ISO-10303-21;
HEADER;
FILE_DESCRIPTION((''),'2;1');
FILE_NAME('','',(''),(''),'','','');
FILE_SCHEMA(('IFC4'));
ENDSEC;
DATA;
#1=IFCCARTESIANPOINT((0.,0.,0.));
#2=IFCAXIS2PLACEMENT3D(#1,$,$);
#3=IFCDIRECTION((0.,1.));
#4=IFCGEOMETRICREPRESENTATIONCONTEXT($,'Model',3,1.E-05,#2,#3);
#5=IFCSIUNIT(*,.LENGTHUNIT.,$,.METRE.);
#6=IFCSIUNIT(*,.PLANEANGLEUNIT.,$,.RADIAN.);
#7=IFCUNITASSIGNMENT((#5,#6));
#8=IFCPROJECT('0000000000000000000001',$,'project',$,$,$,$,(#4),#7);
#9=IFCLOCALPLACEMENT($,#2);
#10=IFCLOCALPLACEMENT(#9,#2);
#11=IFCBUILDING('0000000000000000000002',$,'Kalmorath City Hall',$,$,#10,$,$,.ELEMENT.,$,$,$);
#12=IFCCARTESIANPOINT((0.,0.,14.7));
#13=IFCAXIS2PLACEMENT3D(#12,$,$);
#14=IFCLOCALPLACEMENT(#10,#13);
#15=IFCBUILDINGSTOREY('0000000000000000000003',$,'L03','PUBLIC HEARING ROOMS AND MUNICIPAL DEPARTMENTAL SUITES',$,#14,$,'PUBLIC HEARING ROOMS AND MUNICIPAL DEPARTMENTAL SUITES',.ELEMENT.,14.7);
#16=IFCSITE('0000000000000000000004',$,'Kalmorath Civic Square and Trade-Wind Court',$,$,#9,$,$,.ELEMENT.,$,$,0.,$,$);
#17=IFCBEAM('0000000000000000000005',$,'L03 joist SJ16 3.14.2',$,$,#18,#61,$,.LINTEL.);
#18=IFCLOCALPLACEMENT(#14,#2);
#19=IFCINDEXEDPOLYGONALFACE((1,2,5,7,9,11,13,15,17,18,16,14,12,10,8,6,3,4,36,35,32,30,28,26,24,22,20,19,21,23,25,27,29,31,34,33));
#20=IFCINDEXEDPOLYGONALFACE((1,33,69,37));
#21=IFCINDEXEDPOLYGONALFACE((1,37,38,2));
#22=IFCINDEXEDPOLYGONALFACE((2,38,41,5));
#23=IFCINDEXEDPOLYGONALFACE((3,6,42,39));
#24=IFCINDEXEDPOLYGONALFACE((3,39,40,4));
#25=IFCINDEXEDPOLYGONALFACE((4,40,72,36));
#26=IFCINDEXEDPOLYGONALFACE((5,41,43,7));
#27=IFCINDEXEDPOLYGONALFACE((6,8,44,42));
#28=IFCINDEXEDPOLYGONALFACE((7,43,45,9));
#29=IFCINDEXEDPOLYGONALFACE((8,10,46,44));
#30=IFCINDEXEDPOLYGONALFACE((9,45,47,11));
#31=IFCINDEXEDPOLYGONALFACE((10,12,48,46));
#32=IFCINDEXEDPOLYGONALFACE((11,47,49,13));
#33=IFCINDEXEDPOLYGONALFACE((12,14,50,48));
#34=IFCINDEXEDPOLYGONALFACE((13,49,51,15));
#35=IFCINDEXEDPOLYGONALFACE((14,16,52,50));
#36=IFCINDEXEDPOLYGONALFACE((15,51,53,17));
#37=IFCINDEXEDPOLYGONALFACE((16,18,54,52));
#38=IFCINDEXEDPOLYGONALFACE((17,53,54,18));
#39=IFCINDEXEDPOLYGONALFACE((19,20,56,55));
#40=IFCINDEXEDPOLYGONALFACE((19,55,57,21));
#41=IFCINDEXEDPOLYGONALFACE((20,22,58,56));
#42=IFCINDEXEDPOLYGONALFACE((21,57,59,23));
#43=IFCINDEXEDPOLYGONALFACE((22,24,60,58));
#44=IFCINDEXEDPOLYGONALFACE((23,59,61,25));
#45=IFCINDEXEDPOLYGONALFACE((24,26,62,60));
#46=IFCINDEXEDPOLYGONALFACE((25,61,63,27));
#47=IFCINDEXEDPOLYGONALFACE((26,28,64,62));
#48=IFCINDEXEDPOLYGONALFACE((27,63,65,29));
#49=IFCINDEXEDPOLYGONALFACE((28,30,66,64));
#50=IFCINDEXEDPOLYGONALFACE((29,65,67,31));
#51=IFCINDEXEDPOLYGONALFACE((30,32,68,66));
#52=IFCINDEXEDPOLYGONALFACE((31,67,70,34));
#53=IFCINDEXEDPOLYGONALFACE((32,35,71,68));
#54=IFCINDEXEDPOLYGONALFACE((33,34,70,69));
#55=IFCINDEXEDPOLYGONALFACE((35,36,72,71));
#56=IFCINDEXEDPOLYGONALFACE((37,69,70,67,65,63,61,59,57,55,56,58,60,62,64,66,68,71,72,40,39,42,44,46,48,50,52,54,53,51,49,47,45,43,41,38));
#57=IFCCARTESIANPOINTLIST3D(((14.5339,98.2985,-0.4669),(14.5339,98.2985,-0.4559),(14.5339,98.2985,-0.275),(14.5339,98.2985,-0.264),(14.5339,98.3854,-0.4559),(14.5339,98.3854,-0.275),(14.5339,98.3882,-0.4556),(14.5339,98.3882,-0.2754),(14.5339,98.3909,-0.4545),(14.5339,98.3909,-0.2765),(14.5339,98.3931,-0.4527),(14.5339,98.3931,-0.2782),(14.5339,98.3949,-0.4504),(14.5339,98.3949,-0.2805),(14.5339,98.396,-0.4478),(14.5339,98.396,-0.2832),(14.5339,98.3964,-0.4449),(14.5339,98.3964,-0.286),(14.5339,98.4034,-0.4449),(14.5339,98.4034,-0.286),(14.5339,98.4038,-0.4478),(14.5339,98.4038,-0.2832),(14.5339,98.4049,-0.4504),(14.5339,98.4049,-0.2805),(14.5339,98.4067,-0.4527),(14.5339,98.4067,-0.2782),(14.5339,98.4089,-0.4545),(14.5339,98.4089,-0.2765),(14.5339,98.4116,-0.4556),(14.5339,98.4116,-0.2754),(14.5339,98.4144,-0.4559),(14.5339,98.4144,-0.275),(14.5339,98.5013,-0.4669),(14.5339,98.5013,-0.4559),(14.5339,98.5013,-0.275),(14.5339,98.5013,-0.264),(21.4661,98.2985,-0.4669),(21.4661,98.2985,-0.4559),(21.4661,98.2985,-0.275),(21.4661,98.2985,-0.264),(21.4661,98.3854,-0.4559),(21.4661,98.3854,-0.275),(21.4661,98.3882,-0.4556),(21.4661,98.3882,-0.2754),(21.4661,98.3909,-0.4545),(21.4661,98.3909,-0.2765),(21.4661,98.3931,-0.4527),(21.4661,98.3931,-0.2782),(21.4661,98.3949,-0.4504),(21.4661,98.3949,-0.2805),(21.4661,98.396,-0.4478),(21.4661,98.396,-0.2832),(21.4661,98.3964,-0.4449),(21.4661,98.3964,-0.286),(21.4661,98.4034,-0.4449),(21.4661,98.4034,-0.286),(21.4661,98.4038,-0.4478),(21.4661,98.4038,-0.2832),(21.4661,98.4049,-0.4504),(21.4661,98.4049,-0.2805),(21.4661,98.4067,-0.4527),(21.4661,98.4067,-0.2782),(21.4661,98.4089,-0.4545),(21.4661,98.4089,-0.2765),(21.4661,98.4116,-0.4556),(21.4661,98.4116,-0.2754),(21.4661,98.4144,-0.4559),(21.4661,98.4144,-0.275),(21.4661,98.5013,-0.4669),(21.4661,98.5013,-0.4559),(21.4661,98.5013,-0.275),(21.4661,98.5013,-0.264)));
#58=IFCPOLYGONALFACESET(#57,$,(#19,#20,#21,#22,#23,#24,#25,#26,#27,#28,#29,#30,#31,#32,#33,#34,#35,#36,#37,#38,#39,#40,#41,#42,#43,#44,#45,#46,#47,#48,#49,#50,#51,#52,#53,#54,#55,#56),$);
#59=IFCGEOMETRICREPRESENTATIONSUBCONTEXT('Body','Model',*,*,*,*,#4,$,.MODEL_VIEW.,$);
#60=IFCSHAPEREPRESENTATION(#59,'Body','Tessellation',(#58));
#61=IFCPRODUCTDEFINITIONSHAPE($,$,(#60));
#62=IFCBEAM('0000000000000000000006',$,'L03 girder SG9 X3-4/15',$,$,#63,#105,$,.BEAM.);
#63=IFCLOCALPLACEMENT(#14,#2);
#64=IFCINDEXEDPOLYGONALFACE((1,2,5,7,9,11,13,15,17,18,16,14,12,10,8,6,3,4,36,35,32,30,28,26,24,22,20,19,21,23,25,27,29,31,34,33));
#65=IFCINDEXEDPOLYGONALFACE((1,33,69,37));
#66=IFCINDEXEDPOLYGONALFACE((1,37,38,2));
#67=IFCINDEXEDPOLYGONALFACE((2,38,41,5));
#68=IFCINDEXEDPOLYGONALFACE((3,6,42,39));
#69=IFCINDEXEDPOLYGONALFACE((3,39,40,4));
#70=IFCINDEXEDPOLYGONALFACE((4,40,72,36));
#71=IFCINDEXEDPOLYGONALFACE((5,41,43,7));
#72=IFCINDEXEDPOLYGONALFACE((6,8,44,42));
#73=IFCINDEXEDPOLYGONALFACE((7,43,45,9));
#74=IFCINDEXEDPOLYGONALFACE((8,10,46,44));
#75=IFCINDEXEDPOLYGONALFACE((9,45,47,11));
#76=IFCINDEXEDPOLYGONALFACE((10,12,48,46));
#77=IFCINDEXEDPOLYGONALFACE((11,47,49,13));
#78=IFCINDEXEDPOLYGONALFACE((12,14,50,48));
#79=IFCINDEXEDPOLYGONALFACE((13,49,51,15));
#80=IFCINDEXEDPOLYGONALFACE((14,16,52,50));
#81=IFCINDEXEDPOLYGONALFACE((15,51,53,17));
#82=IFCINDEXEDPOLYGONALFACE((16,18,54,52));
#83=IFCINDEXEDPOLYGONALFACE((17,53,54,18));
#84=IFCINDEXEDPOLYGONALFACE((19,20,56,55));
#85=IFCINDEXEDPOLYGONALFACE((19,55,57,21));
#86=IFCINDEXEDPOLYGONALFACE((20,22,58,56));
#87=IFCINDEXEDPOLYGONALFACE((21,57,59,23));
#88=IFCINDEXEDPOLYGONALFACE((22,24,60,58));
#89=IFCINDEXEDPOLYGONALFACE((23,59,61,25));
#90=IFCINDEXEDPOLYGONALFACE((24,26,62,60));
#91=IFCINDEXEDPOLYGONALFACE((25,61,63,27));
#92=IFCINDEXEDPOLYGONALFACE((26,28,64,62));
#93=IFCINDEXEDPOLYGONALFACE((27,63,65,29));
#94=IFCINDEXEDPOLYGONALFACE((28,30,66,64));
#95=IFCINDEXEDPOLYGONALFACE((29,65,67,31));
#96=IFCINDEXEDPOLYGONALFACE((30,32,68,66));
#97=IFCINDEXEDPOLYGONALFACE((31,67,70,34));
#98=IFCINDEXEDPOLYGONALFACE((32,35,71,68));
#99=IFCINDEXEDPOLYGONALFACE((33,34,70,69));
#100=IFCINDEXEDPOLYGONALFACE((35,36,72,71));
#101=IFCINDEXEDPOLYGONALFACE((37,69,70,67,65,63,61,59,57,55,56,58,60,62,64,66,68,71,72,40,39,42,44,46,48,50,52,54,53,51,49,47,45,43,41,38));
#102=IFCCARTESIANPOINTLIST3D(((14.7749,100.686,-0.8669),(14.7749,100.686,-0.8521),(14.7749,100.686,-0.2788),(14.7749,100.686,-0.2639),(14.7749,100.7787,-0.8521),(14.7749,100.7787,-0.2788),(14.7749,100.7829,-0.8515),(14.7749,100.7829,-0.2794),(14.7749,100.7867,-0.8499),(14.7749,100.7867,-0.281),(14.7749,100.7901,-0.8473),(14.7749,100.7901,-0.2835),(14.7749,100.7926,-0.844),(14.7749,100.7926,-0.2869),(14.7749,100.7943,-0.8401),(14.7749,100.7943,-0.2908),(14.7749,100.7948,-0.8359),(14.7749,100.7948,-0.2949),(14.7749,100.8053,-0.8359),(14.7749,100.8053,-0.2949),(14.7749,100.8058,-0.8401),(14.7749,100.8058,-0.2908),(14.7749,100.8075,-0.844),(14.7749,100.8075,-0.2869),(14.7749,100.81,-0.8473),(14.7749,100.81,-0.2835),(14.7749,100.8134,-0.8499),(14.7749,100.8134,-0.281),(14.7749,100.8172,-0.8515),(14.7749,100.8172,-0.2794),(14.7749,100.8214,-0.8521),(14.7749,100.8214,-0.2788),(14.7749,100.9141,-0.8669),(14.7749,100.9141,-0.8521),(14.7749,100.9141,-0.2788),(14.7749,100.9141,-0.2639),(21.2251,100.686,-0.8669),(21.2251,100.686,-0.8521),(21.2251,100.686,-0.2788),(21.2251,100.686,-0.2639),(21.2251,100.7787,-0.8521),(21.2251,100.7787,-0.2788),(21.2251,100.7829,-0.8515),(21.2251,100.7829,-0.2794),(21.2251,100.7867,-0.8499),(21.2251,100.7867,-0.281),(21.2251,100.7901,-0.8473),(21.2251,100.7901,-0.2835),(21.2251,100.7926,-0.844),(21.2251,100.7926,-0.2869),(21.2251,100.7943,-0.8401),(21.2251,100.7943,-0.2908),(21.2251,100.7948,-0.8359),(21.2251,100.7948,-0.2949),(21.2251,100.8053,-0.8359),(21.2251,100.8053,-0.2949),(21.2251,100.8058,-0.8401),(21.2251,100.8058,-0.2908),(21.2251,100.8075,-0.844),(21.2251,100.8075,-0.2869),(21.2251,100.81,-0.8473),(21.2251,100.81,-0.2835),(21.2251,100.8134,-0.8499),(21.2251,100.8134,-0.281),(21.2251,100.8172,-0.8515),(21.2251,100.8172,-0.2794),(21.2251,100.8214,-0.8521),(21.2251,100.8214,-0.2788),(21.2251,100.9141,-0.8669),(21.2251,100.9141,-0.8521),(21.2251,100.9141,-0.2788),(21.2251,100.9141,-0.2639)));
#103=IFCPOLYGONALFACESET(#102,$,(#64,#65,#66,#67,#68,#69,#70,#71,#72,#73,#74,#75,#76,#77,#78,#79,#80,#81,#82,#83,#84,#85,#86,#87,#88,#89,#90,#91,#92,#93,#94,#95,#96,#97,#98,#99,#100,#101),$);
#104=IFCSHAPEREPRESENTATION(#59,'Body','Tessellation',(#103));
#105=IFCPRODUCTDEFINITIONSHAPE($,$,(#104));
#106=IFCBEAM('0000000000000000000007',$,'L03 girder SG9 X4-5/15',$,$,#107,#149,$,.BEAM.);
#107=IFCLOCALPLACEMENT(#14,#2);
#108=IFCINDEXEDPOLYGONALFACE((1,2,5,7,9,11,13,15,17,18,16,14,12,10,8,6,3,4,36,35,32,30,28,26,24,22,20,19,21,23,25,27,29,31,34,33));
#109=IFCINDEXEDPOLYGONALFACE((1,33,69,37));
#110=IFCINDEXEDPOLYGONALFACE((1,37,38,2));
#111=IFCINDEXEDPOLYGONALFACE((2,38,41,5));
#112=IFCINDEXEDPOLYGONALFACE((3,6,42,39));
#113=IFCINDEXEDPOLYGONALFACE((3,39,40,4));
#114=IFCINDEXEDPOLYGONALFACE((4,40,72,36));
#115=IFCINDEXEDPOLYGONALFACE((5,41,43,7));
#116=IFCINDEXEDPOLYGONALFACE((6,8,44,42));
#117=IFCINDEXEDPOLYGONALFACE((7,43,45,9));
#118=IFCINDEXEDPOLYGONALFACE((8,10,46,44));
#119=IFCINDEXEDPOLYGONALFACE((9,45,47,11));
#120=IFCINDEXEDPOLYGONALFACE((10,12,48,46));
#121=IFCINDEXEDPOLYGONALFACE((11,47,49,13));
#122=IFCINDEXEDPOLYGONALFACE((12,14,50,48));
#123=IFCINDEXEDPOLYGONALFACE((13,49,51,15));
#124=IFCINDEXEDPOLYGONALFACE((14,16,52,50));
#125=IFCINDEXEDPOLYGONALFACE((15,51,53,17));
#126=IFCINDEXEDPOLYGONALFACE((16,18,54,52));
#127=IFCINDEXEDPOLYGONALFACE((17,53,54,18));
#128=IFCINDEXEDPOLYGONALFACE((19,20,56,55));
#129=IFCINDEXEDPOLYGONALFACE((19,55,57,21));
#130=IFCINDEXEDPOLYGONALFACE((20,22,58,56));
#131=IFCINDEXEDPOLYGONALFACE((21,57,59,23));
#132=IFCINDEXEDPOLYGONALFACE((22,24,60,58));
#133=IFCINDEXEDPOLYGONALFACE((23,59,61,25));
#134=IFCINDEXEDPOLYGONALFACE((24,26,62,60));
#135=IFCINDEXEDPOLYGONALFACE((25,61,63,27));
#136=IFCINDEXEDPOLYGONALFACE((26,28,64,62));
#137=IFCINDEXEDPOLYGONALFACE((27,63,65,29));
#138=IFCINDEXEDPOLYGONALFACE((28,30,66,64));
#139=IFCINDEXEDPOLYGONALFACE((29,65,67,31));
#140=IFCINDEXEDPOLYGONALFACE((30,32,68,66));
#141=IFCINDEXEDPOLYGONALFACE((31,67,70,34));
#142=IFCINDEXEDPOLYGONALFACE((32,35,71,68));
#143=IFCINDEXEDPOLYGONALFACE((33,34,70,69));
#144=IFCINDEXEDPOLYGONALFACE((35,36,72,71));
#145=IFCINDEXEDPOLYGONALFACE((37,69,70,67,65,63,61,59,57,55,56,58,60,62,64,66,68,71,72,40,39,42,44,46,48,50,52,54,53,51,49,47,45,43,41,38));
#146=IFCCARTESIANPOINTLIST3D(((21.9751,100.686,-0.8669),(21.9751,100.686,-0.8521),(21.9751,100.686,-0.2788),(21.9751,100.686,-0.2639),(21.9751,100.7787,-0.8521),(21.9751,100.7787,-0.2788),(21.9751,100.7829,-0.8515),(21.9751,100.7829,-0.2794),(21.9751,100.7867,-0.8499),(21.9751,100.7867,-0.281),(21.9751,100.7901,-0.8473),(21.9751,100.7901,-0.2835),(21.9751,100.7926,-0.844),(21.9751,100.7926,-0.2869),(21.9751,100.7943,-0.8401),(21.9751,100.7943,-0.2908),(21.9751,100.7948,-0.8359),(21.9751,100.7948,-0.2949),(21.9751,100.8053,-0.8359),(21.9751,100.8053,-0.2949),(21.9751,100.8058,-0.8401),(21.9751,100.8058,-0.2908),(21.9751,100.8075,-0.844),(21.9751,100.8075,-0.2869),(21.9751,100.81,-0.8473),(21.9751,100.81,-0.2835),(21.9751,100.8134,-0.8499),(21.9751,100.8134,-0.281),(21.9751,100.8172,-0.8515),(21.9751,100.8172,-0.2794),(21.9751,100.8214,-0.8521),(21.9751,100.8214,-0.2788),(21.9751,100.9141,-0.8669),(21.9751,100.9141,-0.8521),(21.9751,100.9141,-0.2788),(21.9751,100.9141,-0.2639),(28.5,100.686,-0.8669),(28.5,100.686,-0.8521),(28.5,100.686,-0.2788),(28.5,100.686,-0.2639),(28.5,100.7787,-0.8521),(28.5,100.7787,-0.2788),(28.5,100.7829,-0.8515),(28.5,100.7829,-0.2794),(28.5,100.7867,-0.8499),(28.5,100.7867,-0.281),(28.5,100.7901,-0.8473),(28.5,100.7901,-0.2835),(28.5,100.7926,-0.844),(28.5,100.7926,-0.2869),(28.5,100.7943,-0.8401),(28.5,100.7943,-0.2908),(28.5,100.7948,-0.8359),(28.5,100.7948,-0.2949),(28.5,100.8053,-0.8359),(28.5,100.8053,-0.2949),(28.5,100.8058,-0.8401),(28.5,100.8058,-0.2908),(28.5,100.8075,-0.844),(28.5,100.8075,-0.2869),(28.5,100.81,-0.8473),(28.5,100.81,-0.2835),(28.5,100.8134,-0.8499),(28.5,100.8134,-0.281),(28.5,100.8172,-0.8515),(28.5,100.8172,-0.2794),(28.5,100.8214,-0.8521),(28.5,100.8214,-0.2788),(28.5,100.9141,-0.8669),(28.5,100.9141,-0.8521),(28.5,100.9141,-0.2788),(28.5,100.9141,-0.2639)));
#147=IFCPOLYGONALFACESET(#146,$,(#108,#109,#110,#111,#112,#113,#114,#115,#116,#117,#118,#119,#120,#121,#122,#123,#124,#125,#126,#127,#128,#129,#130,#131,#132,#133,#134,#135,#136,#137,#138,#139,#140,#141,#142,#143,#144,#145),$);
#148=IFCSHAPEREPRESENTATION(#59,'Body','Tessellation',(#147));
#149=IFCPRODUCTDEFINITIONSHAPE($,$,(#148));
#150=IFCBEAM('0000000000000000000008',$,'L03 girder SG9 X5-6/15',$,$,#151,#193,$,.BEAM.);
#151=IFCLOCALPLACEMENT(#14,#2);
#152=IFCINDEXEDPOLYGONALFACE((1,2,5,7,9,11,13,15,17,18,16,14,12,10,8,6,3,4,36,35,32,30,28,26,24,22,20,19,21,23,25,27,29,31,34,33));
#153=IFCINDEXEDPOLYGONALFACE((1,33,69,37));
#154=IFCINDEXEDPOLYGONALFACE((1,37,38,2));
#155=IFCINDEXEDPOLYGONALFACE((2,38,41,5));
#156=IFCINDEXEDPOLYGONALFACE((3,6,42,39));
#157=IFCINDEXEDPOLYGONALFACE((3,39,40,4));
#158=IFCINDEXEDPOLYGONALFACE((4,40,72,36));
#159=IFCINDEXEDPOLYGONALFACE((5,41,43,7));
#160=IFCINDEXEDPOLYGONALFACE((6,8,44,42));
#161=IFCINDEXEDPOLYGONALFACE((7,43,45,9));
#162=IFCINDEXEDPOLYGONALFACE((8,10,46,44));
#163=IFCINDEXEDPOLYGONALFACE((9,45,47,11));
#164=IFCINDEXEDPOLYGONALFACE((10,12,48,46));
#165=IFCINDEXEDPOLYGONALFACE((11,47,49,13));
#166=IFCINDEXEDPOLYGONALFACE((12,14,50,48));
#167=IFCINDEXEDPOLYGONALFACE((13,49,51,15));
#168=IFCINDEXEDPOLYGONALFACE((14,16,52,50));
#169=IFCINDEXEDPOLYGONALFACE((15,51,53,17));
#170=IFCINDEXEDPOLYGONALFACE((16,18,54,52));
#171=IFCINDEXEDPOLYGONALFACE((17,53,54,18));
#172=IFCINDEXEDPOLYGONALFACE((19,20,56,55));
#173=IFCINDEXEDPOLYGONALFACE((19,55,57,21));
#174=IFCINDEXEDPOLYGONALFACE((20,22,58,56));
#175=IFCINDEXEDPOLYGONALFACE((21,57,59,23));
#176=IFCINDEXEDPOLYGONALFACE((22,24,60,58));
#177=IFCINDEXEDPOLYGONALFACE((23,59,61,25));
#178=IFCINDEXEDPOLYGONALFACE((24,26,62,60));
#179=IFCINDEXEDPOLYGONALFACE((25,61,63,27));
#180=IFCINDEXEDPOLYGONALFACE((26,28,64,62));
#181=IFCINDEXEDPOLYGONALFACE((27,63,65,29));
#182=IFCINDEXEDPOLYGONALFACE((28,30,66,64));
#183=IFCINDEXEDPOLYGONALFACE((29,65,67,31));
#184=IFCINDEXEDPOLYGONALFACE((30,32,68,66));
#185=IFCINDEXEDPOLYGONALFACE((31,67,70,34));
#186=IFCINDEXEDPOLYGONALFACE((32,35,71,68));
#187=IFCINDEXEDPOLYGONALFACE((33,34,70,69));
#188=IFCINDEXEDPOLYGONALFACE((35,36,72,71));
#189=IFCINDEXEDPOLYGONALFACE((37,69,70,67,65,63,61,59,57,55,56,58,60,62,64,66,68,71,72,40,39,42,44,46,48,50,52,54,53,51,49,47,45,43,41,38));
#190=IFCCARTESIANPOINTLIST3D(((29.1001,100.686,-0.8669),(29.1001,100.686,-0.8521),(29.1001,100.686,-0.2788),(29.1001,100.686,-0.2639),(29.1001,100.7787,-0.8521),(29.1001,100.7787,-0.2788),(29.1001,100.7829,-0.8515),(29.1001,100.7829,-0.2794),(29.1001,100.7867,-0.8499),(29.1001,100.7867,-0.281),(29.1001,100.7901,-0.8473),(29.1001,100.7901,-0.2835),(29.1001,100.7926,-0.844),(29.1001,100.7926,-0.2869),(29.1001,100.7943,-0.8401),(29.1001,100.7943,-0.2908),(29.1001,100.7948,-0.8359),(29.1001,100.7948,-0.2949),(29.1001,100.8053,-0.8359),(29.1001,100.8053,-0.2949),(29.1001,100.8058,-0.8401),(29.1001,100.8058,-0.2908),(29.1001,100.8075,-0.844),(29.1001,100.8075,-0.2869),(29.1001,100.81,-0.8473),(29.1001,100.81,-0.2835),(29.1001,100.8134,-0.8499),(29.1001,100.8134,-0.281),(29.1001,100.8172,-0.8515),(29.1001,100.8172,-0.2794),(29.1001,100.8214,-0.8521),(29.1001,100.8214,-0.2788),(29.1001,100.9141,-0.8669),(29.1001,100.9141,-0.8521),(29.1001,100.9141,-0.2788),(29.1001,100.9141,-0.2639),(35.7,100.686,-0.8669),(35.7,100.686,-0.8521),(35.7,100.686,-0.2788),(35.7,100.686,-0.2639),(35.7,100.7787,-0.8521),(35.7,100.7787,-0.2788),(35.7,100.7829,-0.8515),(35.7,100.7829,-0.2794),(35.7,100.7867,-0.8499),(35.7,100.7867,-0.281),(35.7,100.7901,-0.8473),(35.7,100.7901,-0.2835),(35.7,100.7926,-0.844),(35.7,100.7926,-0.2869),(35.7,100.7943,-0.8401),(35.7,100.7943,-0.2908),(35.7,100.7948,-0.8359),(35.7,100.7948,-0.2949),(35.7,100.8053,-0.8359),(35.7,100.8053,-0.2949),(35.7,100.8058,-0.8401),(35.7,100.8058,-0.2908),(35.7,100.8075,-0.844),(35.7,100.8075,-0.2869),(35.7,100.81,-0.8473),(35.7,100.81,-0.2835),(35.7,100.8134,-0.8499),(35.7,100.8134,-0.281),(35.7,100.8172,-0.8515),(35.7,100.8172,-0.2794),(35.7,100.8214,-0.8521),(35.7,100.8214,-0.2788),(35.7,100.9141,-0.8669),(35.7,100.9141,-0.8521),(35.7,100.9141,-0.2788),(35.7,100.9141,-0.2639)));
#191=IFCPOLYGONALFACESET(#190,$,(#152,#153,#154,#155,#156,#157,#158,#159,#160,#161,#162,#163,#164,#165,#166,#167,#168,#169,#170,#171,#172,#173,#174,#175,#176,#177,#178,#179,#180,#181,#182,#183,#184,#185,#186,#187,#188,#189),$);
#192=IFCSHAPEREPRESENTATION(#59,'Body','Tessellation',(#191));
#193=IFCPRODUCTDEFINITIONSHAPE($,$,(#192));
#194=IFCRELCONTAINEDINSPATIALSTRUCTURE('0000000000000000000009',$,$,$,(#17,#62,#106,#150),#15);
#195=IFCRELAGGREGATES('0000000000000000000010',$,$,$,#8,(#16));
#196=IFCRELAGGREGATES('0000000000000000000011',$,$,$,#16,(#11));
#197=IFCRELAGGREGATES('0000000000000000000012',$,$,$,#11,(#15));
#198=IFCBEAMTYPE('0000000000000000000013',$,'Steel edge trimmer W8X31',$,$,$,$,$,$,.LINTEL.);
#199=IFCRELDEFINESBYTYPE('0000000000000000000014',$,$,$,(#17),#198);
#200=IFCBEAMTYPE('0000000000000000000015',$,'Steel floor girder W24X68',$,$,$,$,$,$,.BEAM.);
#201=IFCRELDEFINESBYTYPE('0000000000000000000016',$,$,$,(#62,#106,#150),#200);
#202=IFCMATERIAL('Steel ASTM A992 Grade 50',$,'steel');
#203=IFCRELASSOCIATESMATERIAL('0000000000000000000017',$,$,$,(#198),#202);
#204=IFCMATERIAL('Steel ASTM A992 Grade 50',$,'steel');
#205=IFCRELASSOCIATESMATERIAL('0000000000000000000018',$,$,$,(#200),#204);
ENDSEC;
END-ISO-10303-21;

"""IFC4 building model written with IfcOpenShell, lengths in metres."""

from ifc_helpers import new_model, si_unit, direction, frame, origin, origin_2d, place, context, subcontext, project, spatial, i_section, extrude, material, material_profile, profile_set, type_object, element, save


model = new_model("IFC4")

# Units and contexts
model_context = context("Model", 3, precision=1e-05, world=origin(), true_north=direction((0.0, 1.0)))
body_context = subcontext(model_context, "Body", "Model", "MODEL_VIEW")
ifc_project = project(units=[si_unit("LENGTHUNIT", "METRE"), si_unit("PLANEANGLEUNIT", "RADIAN")], contexts=[model_context])

# Site, building, storey
site_placement = place(None, origin())
site = spatial("IfcSite", under=ifc_project, at=site_placement, Name="Kalmorath Civic Square and Trade-Wind Court", CompositionType="ELEMENT", RefElevation=0.0)
building_placement = place(site_placement, origin())
building = spatial("IfcBuilding", under=site, at=building_placement, Name="Kalmorath City Hall", CompositionType="ELEMENT")
storey_placement = place(building_placement, frame((0.0, 0.0, 14.7)))
storey = spatial("IfcBuildingStorey", under=building, at=storey_placement, Name="L03", Description="PUBLIC HEARING ROOMS AND MUNICIPAL DEPARTMENTAL SUITES", LongName="PUBLIC HEARING ROOMS AND MUNICIPAL DEPARTMENTAL SUITES", CompositionType="ELEMENT", Elevation=14.7)

# Beams
ifc_material_1 = material(Name="Steel ASTM A992 Grade 50", Category="steel")
ifc_material_profile_1 = material_profile(ifc_material_1, i_section(OverallWidth=0.2029, OverallDepth=0.2029, WebThickness=0.0071, FlangeThickness=0.011, FilletRadius=0.011, at=origin_2d()), Name="W8X31")
ifc_profile_set_1 = profile_set([ifc_material_profile_1], Name="Steel ASTM A992 Grade 50")
beam_type_1 = type_object("IfcBeamType", Name="Steel edge trimmer W8X31", PredefinedType="LINTEL", material=ifc_profile_set_1)
beam_1_placement = place(storey_placement, frame((14.5339, 98.3999, -0.3655), z_axis=(1.0, 0.0, 0.0), x_axis=(0.0, 1.0, 0.0)))
element("IfcBeam", 1, at=beam_1_placement, inside=storey, type_object=beam_type_1, Name="L03 joist SJ16 3.14.2", PredefinedType="LINTEL", context=body_context, shape_type="SweptSolid", body=[
    extrude(i_section(OverallWidth=0.2029, OverallDepth=0.2029, WebThickness=0.0071, FlangeThickness=0.011, FilletRadius=0.011, at=origin_2d()), origin(), (0.0, 0.0, 1.0), 6.9321),
])
ifc_material_2 = material(Name="Steel ASTM A992 Grade 50", Category="steel")
ifc_material_profile_2 = material_profile(ifc_material_2, i_section(OverallWidth=0.228, OverallDepth=0.603, WebThickness=0.0105, FlangeThickness=0.0149, FilletRadius=0.0161, at=origin_2d()), Name="W24X68")
ifc_profile_set_2 = profile_set([ifc_material_profile_2], Name="Steel ASTM A992 Grade 50")
beam_type_2 = type_object("IfcBeamType", Name="Steel floor girder W24X68", PredefinedType="BEAM", material=ifc_profile_set_2)
beam_2_placement = place(storey_placement, frame((14.7749, 100.8, -0.5654), z_axis=(1.0, 0.0, 0.0), x_axis=(0.0, 1.0, 0.0)))
element("IfcBeam", 2, at=beam_2_placement, inside=storey, type_object=beam_type_2, Name="L03 girder SG9 X3-4/15", PredefinedType="BEAM", context=body_context, shape_type="SweptSolid", body=[
    extrude(i_section(OverallWidth=0.228, OverallDepth=0.603, WebThickness=0.0105, FlangeThickness=0.0149, FilletRadius=0.0161, at=origin_2d()), origin(), (0.0, 0.0, 1.0), 6.4502),
])
beam_3_placement = place(storey_placement, frame((21.9751, 100.8, -0.5654), z_axis=(1.0, 0.0, 0.0), x_axis=(0.0, 1.0, 0.0)))
element("IfcBeam", 3, at=beam_3_placement, inside=storey, type_object=beam_type_2, Name="L03 girder SG9 X4-5/15", PredefinedType="BEAM", context=body_context, shape_type="SweptSolid", body=[
    extrude(i_section(OverallWidth=0.228, OverallDepth=0.603, WebThickness=0.0105, FlangeThickness=0.0149, FilletRadius=0.0161, at=origin_2d()), origin(), (0.0, 0.0, 1.0), 6.5249),
])
beam_4_placement = place(storey_placement, frame((29.1001, 100.8, -0.5654), z_axis=(1.0, 0.0, 0.0), x_axis=(0.0, 1.0, 0.0)))
element("IfcBeam", 4, at=beam_4_placement, inside=storey, type_object=beam_type_2, Name="L03 girder SG9 X5-6/15", PredefinedType="BEAM", context=body_context, shape_type="SweptSolid", body=[
    extrude(i_section(OverallWidth=0.228, OverallDepth=0.603, WebThickness=0.0105, FlangeThickness=0.0149, FilletRadius=0.0161, at=origin_2d()), origin(), (0.0, 0.0, 1.0), 6.5999),
])

save(model, "model.ifc")
